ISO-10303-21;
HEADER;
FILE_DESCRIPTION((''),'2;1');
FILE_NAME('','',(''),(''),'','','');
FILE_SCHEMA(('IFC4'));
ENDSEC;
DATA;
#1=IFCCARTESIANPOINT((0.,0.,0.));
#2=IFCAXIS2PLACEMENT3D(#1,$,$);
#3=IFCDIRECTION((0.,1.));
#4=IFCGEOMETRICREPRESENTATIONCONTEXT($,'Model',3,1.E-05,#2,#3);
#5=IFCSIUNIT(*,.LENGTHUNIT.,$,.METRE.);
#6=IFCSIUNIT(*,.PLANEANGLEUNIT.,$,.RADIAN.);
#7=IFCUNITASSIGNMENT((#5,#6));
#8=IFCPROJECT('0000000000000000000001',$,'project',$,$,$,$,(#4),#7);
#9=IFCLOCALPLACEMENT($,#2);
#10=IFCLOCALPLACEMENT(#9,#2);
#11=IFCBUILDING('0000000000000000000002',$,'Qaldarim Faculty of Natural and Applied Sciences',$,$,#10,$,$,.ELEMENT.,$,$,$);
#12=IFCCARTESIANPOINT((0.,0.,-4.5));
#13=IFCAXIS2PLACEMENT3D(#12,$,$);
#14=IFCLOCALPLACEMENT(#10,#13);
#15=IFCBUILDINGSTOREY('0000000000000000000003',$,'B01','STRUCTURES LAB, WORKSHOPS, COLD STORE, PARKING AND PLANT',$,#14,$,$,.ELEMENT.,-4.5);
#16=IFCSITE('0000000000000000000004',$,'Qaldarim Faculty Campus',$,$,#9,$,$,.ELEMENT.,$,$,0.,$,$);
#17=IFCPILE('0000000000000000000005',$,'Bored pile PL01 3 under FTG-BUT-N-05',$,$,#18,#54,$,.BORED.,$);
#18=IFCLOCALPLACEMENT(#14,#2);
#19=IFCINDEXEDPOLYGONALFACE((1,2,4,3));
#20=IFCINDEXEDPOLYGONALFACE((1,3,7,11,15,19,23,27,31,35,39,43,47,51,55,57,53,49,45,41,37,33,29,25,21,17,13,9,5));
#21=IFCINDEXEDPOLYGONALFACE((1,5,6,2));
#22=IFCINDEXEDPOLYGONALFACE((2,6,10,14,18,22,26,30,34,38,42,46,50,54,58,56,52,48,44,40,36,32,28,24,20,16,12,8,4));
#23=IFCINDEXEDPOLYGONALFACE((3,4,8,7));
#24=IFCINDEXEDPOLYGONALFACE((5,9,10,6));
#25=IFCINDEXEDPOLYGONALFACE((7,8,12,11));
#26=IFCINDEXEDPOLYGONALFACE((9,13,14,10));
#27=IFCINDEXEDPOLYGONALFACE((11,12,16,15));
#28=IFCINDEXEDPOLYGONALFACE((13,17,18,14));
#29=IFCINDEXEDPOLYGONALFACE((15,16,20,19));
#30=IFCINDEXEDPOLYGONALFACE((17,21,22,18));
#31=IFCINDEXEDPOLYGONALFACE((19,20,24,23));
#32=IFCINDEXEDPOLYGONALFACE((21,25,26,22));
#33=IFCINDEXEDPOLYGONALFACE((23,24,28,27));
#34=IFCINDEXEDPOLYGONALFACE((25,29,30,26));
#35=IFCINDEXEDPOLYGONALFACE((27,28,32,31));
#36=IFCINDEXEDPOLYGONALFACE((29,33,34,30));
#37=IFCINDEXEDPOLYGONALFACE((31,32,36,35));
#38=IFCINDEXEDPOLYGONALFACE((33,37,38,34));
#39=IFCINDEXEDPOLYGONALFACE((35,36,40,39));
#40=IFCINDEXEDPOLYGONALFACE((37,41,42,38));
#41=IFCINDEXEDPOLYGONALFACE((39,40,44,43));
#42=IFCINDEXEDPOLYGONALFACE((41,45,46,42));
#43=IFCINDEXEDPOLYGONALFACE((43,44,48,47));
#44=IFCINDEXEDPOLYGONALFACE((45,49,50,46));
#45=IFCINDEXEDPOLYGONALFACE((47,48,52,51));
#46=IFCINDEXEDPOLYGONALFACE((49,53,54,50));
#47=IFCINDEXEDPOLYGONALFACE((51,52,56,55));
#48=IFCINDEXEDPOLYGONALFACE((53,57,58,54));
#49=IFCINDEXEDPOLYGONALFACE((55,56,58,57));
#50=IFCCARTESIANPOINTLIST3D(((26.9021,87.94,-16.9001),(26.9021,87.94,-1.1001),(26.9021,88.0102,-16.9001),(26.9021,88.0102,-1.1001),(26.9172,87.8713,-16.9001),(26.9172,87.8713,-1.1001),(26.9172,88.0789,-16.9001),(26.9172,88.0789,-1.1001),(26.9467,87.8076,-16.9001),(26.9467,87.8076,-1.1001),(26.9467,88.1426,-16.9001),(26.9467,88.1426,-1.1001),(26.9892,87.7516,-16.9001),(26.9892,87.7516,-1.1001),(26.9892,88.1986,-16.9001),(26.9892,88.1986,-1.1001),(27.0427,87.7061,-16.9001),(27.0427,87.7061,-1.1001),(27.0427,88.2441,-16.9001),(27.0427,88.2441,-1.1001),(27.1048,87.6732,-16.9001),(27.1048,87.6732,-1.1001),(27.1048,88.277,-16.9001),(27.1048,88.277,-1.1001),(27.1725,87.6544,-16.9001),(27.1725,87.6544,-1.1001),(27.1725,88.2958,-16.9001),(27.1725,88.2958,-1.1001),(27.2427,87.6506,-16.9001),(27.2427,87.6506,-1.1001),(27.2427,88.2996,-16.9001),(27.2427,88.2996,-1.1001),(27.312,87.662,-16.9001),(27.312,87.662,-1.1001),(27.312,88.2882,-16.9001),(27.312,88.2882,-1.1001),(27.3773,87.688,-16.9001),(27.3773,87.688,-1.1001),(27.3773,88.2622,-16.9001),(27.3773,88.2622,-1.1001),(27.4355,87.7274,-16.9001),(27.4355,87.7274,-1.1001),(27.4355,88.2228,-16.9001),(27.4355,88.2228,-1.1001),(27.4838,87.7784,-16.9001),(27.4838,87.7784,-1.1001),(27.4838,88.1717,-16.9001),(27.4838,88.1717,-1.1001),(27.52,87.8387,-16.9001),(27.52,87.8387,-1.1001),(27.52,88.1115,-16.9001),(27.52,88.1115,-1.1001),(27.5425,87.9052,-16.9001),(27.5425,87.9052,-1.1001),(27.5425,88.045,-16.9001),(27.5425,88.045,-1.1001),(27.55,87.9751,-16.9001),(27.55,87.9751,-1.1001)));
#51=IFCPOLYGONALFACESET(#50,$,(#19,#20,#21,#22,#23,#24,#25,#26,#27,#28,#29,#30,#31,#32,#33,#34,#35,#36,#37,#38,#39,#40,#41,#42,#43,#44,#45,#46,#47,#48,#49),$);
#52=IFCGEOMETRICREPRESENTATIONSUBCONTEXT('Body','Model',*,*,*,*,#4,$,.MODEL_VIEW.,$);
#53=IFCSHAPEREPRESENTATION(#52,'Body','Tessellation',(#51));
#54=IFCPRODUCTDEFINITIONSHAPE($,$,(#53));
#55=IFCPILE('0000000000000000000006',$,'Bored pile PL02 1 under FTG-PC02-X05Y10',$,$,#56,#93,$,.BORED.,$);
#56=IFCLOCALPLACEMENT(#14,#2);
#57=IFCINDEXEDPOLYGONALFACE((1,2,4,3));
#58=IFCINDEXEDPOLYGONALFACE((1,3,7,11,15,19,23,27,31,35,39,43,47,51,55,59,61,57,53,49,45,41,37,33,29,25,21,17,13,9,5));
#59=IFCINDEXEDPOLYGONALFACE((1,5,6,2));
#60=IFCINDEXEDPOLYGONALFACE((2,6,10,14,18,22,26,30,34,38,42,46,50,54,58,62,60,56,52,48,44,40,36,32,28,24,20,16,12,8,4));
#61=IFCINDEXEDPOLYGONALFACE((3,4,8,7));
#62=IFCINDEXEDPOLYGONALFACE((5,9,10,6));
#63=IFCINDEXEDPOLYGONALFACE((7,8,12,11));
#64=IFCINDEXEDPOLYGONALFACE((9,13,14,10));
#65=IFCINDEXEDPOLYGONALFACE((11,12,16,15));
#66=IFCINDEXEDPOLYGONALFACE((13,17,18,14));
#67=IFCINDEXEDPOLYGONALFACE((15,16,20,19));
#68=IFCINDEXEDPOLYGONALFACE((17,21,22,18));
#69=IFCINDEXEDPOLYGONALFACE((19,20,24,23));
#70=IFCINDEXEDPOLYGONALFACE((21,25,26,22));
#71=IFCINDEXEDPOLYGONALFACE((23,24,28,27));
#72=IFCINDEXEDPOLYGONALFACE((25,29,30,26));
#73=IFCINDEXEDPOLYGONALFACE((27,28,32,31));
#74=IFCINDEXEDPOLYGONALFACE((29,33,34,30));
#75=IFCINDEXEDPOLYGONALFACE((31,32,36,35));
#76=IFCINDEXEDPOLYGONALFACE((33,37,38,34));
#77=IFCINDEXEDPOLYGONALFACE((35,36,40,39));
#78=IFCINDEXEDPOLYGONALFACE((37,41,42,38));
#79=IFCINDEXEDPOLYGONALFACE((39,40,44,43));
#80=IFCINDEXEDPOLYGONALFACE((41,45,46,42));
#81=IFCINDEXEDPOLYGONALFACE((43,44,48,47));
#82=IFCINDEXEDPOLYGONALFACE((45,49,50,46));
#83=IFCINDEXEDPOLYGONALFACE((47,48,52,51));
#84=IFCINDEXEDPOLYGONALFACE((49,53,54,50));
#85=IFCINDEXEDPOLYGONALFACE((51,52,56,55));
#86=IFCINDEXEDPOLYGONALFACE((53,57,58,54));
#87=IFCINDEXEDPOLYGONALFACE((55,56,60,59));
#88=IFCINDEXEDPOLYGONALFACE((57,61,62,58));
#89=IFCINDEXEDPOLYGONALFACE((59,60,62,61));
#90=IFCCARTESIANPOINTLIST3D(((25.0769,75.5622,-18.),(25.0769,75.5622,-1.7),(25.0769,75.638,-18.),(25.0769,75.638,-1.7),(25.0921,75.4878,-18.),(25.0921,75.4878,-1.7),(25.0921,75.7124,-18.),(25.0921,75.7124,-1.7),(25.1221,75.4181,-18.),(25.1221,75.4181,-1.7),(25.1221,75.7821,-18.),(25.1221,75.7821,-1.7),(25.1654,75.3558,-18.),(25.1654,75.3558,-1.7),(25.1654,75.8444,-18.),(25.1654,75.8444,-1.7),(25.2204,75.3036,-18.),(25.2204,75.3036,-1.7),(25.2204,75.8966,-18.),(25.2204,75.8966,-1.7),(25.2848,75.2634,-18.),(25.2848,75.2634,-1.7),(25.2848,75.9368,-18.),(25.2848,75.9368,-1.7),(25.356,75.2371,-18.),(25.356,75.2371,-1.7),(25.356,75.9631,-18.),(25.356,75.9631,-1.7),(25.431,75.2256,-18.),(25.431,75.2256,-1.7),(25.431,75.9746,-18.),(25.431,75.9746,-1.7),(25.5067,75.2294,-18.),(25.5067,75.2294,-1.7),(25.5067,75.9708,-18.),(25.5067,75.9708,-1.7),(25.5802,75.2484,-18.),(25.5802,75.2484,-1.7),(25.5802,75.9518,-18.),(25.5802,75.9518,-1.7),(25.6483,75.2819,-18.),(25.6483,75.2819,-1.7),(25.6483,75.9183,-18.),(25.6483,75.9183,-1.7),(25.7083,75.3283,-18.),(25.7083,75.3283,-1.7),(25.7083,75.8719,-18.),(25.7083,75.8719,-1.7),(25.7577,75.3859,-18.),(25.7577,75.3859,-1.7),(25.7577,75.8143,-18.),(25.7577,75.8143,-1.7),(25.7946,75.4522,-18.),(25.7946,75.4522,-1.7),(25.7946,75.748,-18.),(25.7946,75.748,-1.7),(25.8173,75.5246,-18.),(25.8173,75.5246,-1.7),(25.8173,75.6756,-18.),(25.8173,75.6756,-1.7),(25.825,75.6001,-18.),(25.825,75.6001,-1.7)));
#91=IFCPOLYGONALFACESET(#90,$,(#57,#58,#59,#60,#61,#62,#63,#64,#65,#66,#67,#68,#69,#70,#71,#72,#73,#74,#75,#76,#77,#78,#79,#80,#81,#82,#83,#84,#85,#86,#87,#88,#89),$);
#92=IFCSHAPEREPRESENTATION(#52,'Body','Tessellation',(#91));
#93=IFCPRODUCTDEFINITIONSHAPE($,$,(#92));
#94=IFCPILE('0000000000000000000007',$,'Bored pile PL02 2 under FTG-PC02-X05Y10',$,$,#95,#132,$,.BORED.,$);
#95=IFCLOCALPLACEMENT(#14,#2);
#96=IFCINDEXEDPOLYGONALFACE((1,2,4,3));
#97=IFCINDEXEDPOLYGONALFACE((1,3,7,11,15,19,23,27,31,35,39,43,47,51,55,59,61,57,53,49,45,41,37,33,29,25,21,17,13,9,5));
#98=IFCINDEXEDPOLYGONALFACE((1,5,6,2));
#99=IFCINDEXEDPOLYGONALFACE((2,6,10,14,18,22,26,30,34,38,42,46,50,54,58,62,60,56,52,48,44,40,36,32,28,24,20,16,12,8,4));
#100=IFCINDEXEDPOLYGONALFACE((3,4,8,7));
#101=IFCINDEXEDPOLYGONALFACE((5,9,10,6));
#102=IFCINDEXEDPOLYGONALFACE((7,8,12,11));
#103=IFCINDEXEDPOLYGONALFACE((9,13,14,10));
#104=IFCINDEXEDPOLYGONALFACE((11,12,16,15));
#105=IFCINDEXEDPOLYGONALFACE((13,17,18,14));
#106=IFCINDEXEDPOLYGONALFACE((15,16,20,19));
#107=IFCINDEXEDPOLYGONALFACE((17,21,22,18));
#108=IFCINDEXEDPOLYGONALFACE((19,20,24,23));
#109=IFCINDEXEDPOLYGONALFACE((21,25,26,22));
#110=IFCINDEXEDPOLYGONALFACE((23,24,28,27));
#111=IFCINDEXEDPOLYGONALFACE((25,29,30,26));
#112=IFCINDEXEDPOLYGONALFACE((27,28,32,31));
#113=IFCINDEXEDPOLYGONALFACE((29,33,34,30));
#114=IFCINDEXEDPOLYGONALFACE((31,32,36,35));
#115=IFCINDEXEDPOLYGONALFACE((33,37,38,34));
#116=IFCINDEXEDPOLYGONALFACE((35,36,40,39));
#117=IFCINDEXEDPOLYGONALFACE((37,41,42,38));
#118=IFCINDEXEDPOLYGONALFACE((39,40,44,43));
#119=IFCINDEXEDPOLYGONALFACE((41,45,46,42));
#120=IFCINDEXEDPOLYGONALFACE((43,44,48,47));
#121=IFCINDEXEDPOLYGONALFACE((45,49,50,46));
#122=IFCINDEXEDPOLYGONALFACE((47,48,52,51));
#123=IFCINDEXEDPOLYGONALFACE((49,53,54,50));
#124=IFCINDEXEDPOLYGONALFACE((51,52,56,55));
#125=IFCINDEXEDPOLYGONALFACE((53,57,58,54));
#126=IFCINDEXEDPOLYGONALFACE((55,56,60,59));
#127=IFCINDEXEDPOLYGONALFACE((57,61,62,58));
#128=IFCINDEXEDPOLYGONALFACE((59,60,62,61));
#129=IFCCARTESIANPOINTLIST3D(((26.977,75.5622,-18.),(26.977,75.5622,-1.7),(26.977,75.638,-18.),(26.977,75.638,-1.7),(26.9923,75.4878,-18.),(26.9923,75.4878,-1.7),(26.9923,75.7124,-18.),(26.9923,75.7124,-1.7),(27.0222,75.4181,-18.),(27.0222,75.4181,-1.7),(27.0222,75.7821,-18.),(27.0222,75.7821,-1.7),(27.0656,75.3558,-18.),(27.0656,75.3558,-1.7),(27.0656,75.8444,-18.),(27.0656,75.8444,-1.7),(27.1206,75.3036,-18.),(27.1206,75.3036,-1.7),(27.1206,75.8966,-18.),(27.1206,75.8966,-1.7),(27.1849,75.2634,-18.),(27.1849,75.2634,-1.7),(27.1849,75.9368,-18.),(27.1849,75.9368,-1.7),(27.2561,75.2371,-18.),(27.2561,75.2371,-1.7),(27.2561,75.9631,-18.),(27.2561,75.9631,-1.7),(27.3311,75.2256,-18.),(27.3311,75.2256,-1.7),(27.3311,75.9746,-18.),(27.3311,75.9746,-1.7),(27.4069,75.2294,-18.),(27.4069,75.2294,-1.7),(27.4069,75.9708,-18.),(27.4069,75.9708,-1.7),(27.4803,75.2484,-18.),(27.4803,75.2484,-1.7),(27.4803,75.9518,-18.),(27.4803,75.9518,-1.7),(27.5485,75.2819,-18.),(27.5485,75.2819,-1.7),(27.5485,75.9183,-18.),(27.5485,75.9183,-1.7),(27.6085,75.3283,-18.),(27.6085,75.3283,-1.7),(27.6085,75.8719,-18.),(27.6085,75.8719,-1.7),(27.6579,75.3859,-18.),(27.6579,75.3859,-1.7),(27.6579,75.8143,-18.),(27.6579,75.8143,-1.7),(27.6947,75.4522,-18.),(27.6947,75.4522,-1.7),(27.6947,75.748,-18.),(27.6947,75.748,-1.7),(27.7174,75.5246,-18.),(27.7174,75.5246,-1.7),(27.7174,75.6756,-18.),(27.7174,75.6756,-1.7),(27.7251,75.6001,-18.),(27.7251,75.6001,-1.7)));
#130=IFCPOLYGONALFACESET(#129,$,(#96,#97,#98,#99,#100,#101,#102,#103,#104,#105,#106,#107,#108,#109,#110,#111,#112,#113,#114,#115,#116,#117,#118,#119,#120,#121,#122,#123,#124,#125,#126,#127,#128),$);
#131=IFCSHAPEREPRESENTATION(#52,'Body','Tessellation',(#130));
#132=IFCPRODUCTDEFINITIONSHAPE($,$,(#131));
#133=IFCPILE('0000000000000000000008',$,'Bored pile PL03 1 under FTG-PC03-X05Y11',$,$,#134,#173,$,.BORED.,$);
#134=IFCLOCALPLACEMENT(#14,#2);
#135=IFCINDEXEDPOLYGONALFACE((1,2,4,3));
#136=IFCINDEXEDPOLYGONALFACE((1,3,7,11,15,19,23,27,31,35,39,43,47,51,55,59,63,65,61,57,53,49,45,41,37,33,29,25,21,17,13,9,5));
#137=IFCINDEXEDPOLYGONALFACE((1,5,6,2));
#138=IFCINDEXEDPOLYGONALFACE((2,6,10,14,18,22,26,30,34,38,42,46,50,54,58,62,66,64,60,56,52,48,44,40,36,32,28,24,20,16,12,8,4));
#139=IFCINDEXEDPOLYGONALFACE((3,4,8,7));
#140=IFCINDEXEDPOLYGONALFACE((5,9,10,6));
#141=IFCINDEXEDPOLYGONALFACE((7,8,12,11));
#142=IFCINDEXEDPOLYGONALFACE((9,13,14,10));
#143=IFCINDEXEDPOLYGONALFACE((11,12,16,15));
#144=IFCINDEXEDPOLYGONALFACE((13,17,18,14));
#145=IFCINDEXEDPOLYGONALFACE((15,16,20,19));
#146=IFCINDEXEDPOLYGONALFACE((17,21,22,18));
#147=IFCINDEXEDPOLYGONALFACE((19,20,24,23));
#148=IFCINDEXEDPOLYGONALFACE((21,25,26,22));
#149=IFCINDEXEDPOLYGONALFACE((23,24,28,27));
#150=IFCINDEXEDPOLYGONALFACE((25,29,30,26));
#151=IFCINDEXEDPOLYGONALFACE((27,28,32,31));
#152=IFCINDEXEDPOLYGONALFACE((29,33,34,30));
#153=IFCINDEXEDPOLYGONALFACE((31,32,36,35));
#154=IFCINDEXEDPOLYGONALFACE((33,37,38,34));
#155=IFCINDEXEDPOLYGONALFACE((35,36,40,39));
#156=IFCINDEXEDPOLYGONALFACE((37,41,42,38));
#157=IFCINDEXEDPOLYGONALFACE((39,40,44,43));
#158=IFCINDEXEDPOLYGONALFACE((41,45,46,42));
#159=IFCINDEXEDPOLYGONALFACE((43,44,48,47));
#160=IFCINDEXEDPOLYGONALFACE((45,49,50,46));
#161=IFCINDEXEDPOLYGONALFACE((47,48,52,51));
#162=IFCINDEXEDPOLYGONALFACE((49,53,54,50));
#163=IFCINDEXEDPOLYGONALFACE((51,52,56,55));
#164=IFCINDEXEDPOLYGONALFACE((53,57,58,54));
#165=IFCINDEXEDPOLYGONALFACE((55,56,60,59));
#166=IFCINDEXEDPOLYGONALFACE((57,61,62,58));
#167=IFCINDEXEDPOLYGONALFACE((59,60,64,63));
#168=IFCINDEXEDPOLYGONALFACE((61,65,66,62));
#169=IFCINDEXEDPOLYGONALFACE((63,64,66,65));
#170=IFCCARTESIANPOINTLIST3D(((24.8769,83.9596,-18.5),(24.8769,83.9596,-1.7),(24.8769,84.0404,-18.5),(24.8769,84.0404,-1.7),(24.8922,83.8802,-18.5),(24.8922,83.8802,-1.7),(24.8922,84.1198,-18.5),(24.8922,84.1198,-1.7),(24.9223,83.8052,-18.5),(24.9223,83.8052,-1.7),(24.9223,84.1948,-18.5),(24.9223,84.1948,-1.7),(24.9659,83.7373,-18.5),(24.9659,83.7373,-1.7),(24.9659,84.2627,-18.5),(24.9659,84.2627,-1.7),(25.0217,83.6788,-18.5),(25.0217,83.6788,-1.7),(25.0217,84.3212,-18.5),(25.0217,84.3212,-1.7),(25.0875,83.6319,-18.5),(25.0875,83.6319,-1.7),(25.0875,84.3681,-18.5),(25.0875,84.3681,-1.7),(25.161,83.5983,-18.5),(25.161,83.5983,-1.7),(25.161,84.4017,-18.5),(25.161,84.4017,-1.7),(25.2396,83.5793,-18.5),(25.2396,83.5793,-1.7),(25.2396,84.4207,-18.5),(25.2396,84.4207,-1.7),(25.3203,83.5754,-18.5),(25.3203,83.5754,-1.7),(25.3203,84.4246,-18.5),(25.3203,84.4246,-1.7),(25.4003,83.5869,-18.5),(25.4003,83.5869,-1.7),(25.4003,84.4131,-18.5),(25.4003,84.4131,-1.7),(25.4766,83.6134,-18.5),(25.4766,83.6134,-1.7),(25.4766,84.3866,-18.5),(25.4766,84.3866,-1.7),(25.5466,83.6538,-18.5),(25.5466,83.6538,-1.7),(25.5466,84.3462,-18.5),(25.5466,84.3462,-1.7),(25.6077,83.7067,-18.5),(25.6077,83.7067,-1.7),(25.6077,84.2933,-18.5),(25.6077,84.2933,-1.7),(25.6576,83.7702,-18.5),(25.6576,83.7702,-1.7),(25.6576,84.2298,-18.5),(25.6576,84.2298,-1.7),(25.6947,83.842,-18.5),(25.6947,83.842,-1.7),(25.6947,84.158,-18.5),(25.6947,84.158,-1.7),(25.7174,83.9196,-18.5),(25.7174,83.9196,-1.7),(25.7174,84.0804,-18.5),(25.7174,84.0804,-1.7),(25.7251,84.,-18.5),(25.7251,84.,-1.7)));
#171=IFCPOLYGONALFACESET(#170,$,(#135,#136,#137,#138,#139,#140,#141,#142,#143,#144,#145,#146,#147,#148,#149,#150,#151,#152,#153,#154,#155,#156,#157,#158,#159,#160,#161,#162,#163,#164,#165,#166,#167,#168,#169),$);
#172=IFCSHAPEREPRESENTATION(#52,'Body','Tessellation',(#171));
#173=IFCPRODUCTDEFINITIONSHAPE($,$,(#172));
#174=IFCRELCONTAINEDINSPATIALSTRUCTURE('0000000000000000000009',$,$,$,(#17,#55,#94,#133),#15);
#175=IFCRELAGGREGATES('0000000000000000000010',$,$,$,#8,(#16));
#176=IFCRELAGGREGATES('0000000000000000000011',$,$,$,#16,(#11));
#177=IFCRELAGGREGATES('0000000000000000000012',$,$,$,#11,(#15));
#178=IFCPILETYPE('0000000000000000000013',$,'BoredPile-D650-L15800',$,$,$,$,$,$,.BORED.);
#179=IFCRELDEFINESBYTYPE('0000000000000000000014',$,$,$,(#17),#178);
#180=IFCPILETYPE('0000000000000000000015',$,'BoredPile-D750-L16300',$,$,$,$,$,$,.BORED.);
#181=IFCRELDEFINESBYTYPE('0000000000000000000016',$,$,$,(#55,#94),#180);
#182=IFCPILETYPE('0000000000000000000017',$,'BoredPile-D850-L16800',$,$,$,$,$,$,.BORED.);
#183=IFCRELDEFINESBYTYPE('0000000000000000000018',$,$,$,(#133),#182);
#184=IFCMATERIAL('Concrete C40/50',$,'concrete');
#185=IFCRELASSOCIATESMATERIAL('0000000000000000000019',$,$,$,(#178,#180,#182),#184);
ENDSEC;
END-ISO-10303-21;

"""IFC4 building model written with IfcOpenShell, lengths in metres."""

from ifc_helpers import new_model, si_unit, direction, frame, origin, origin_2d, place, context, subcontext, project, spatial, circle, extrude, material, material_profile, profile_set, type_object, element, save


model = new_model("IFC4")

# Units and contexts
model_context = context("Model", 3, precision=1e-05, world=origin(), true_north=direction((0.0, 1.0)))
body_context = subcontext(model_context, "Body", "Model", "MODEL_VIEW")
ifc_project = project(units=[si_unit("LENGTHUNIT", "METRE"), si_unit("PLANEANGLEUNIT", "RADIAN")], contexts=[model_context])

# Site, building, storey
site_placement = place(None, origin())
site = spatial("IfcSite", under=ifc_project, at=site_placement, Name="Qaldarim Faculty Campus", CompositionType="ELEMENT", RefElevation=0.0)
building_placement = place(site_placement, origin())
building = spatial("IfcBuilding", under=site, at=building_placement, Name="Qaldarim Faculty of Natural and Applied Sciences", CompositionType="ELEMENT")
storey_placement = place(building_placement, frame((0.0, 0.0, -4.5)))
storey = spatial("IfcBuildingStorey", under=building, at=storey_placement, Name="B01", Description="STRUCTURES LAB, WORKSHOPS, COLD STORE, PARKING AND PLANT", CompositionType="ELEMENT", Elevation=-4.5)

# Piles
ifc_material_1 = material(Name="Concrete C40/50", Category="concrete")
ifc_material_profile_1 = material_profile(ifc_material_1, circle(Radius=0.325, at=origin_2d()), Name="PILE-D650")
ifc_profile_set_1 = profile_set([ifc_material_profile_1], Name="Concrete C40/50")
pile_type_1 = type_object("IfcPileType", Name="BoredPile-D650-L15800", PredefinedType="BORED", material=ifc_profile_set_1)
for number, where, z_axis, x_axis, name in (
    (1, (27.2251, 87.9751, -1.1001), (0.0, 0.0, -1.0), (1.0, 0.0, 0.0), "Bored pile PL01 3 under FTG-BUT-N-05"),
):
    element("IfcPile", number, at=place(storey_placement, frame(where, z_axis=z_axis, x_axis=x_axis)), inside=storey, type_object=pile_type_1, Name=name, PredefinedType="BORED", context=body_context, shape_type="SweptSolid", body=[
        extrude(circle(Radius=0.325, at=origin_2d()), origin(), (0.0, 0.0, 1.0), 15.8),
    ])
ifc_material_profile_2 = material_profile(ifc_material_1, circle(Radius=0.375, at=origin_2d()), Name="PILE-D750")
ifc_profile_set_2 = profile_set([ifc_material_profile_2], Name="Concrete C40/50")
pile_type_2 = type_object("IfcPileType", Name="BoredPile-D750-L16300", PredefinedType="BORED", material=ifc_profile_set_2)
for number, where, z_axis, x_axis, name in (
    (2, (25.45, 75.6001, -1.7), (0.0, 0.0, -1.0), (1.0, 0.0, 0.0), "Bored pile PL02 1 under FTG-PC02-X05Y10"),
    (3, (27.3501, 75.6001, -1.7), (0.0, 0.0, -1.0), (1.0, 0.0, 0.0), "Bored pile PL02 2 under FTG-PC02-X05Y10"),
):
    element("IfcPile", number, at=place(storey_placement, frame(where, z_axis=z_axis, x_axis=x_axis)), inside=storey, type_object=pile_type_2, Name=name, PredefinedType="BORED", context=body_context, shape_type="SweptSolid", body=[
        extrude(circle(Radius=0.375, at=origin_2d()), origin(), (0.0, 0.0, 1.0), 16.3),
    ])
ifc_material_profile_3 = material_profile(ifc_material_1, circle(Radius=0.425, at=origin_2d()), Name="PILE-D850")
ifc_profile_set_3 = profile_set([ifc_material_profile_3], Name="Concrete C40/50")
pile_type_3 = type_object("IfcPileType", Name="BoredPile-D850-L16800", PredefinedType="BORED", material=ifc_profile_set_3)
for number, where, z_axis, x_axis, name in (
    (4, (25.3, 84.0, -1.7), (0.0, 0.0, -1.0), (1.0, 0.0, 0.0), "Bored pile PL03 1 under FTG-PC03-X05Y11"),
):
    element("IfcPile", number, at=place(storey_placement, frame(where, z_axis=z_axis, x_axis=x_axis)), inside=storey, type_object=pile_type_3, Name=name, PredefinedType="BORED", context=body_context, shape_type="SweptSolid", body=[
        extrude(circle(Radius=0.425, at=origin_2d()), origin(), (0.0, 0.0, 1.0), 16.8),
    ])

save(model, "model.ifc")
